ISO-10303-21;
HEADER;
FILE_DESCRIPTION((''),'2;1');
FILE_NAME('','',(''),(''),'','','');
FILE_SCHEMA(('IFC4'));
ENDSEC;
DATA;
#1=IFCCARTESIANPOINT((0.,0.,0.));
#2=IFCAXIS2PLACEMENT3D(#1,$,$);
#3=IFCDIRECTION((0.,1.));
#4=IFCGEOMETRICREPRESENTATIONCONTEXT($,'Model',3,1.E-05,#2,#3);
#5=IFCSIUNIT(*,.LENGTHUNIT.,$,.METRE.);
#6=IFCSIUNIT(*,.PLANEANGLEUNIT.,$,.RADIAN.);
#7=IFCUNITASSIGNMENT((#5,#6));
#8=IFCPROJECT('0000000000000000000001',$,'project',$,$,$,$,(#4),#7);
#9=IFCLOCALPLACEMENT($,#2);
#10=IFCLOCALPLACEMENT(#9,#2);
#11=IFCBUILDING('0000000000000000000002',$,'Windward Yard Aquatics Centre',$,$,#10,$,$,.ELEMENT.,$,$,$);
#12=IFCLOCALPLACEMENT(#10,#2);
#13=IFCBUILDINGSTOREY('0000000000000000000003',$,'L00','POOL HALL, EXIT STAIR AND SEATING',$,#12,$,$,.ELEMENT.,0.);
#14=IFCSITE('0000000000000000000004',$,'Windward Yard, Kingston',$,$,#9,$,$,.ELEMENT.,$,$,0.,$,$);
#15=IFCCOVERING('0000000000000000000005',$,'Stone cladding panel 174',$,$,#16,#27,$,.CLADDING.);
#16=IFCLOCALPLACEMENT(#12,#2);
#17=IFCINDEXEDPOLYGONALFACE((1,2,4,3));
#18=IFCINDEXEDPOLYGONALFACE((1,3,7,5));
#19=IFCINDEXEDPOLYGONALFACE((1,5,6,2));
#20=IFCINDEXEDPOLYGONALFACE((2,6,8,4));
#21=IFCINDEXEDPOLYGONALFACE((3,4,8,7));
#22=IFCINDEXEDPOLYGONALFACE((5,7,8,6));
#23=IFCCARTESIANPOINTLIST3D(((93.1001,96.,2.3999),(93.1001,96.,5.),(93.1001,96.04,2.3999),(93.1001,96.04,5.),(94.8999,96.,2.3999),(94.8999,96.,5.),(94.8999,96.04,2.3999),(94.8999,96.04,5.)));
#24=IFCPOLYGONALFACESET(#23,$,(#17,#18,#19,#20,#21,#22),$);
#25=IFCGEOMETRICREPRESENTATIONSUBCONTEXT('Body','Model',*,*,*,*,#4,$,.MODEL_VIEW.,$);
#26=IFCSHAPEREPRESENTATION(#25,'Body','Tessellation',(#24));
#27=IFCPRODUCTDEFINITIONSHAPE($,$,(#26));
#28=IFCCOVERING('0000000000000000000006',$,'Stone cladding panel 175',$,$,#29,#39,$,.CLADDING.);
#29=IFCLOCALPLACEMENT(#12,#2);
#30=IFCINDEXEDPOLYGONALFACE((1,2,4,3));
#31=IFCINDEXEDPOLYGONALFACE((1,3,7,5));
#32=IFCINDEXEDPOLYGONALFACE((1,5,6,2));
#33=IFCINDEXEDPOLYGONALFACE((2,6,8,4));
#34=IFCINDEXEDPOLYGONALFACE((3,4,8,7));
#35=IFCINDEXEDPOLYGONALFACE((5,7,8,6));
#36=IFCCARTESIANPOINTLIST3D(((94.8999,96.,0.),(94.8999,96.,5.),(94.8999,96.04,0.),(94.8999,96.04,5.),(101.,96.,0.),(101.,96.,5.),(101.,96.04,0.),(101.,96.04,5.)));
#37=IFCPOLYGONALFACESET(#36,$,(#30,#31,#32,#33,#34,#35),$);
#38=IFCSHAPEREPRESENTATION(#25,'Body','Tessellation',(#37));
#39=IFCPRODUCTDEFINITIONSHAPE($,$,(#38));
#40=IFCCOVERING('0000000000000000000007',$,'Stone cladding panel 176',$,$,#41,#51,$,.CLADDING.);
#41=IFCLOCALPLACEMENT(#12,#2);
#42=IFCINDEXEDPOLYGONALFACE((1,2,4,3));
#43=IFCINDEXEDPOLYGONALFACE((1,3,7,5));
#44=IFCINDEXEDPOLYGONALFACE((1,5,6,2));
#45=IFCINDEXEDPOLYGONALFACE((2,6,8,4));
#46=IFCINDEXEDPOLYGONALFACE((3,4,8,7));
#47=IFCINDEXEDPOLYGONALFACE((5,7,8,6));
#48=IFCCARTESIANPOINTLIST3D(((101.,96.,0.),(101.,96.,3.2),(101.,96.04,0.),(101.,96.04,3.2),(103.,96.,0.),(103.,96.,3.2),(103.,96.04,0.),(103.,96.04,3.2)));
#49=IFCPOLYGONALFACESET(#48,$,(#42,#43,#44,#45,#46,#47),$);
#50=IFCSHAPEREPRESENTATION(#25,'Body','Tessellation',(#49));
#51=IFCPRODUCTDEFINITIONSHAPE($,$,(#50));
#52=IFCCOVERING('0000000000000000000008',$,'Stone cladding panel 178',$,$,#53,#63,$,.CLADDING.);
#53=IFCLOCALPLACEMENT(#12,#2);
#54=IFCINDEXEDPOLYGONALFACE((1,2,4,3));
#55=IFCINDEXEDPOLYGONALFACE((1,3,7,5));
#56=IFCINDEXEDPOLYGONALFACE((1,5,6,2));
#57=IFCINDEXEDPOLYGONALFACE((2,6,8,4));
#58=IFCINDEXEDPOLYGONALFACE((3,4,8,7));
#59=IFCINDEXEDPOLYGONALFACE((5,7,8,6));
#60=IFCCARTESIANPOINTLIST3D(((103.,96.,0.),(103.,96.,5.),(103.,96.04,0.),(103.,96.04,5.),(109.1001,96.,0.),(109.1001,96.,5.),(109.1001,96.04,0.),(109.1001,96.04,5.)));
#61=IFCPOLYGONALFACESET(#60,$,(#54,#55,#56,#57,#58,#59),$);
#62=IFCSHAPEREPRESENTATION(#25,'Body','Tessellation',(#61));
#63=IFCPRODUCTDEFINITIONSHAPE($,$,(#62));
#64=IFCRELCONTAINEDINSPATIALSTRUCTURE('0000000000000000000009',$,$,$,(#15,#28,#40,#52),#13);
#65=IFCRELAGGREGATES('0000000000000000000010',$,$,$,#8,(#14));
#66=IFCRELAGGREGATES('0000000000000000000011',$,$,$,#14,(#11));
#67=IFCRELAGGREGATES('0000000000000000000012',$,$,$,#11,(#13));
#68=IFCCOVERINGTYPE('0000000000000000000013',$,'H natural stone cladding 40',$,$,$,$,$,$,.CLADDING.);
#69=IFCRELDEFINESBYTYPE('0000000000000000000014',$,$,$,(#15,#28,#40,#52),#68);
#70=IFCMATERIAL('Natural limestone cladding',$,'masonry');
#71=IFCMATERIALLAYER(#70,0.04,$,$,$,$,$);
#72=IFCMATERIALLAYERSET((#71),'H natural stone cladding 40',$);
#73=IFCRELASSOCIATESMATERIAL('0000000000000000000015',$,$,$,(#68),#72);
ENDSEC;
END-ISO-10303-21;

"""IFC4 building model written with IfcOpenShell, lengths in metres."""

from ifc_helpers import new_model, si_unit, direction, frame, origin, place, context, subcontext, project, spatial, polyline, outline, extrude, material, layer, layer_set, type_object, element, save


model = new_model("IFC4")

# Units and contexts
model_context = context("Model", 3, precision=1e-05, world=origin(), true_north=direction((0.0, 1.0)))
body_context = subcontext(model_context, "Body", "Model", "MODEL_VIEW")
ifc_project = project(units=[si_unit("LENGTHUNIT", "METRE"), si_unit("PLANEANGLEUNIT", "RADIAN")], contexts=[model_context])

# Site, building, storey
site_placement = place(None, origin())
site = spatial("IfcSite", under=ifc_project, at=site_placement, Name="Windward Yard, Kingston", CompositionType="ELEMENT", RefElevation=0.0)
building_placement = place(site_placement, origin())
building = spatial("IfcBuilding", under=site, at=building_placement, Name="Windward Yard Aquatics Centre", CompositionType="ELEMENT")
storey_placement = place(building_placement, origin())
storey = spatial("IfcBuildingStorey", under=building, at=storey_placement, Name="L00", Description="POOL HALL, EXIT STAIR AND SEATING", CompositionType="ELEMENT", Elevation=0.0)

# Coverings
ifc_material_1 = material(Name="Natural limestone cladding", Category="masonry")
ifc_layer_1 = layer(ifc_material_1, 0.04)
ifc_layer_set_1 = layer_set([ifc_layer_1], Name="H natural stone cladding 40")
covering_type_1 = type_object("IfcCoveringType", Name="H natural stone cladding 40", PredefinedType="CLADDING", material=ifc_layer_set_1)
covering_1_placement = place(storey_placement, frame((0.0, 0.0, 2.3999)))
element("IfcCovering", 1, at=covering_1_placement, inside=storey, type_object=covering_type_1, Name="Stone cladding panel 174", PredefinedType="CLADDING", context=body_context, shape_type="SweptSolid", body=[
    extrude(outline(polyline([(93.1001, 96.0), (94.8999, 96.0), (94.8999, 96.04), (93.1001, 96.04), (93.1001, 96.0)])), origin(), (0.0, 0.0, 1.0), 2.6001),
])
covering_2_placement = place(storey_placement, origin())
element("IfcCovering", 2, at=covering_2_placement, inside=storey, type_object=covering_type_1, Name="Stone cladding panel 175", PredefinedType="CLADDING", context=body_context, shape_type="SweptSolid", body=[
    extrude(outline(polyline([(94.8999, 96.0), (101.0, 96.0), (101.0, 96.04), (94.8999, 96.04), (94.8999, 96.0)])), origin(), (0.0, 0.0, 1.0), 5.0),
])
covering_3_placement = place(storey_placement, origin())
element("IfcCovering", 3, at=covering_3_placement, inside=storey, type_object=covering_type_1, Name="Stone cladding panel 176", PredefinedType="CLADDING", context=body_context, shape_type="SweptSolid", body=[
    extrude(outline(polyline([(101.0, 96.0), (103.0, 96.0), (103.0, 96.04), (101.0, 96.04), (101.0, 96.0)])), origin(), (0.0, 0.0, 1.0), 3.2),
])
covering_4_placement = place(storey_placement, origin())
element("IfcCovering", 4, at=covering_4_placement, inside=storey, type_object=covering_type_1, Name="Stone cladding panel 178", PredefinedType="CLADDING", context=body_context, shape_type="SweptSolid", body=[
    extrude(outline(polyline([(103.0, 96.0), (109.1001, 96.0), (109.1001, 96.04), (103.0, 96.04), (103.0, 96.0)])), origin(), (0.0, 0.0, 1.0), 5.0),
])

save(model, "model.ifc")
